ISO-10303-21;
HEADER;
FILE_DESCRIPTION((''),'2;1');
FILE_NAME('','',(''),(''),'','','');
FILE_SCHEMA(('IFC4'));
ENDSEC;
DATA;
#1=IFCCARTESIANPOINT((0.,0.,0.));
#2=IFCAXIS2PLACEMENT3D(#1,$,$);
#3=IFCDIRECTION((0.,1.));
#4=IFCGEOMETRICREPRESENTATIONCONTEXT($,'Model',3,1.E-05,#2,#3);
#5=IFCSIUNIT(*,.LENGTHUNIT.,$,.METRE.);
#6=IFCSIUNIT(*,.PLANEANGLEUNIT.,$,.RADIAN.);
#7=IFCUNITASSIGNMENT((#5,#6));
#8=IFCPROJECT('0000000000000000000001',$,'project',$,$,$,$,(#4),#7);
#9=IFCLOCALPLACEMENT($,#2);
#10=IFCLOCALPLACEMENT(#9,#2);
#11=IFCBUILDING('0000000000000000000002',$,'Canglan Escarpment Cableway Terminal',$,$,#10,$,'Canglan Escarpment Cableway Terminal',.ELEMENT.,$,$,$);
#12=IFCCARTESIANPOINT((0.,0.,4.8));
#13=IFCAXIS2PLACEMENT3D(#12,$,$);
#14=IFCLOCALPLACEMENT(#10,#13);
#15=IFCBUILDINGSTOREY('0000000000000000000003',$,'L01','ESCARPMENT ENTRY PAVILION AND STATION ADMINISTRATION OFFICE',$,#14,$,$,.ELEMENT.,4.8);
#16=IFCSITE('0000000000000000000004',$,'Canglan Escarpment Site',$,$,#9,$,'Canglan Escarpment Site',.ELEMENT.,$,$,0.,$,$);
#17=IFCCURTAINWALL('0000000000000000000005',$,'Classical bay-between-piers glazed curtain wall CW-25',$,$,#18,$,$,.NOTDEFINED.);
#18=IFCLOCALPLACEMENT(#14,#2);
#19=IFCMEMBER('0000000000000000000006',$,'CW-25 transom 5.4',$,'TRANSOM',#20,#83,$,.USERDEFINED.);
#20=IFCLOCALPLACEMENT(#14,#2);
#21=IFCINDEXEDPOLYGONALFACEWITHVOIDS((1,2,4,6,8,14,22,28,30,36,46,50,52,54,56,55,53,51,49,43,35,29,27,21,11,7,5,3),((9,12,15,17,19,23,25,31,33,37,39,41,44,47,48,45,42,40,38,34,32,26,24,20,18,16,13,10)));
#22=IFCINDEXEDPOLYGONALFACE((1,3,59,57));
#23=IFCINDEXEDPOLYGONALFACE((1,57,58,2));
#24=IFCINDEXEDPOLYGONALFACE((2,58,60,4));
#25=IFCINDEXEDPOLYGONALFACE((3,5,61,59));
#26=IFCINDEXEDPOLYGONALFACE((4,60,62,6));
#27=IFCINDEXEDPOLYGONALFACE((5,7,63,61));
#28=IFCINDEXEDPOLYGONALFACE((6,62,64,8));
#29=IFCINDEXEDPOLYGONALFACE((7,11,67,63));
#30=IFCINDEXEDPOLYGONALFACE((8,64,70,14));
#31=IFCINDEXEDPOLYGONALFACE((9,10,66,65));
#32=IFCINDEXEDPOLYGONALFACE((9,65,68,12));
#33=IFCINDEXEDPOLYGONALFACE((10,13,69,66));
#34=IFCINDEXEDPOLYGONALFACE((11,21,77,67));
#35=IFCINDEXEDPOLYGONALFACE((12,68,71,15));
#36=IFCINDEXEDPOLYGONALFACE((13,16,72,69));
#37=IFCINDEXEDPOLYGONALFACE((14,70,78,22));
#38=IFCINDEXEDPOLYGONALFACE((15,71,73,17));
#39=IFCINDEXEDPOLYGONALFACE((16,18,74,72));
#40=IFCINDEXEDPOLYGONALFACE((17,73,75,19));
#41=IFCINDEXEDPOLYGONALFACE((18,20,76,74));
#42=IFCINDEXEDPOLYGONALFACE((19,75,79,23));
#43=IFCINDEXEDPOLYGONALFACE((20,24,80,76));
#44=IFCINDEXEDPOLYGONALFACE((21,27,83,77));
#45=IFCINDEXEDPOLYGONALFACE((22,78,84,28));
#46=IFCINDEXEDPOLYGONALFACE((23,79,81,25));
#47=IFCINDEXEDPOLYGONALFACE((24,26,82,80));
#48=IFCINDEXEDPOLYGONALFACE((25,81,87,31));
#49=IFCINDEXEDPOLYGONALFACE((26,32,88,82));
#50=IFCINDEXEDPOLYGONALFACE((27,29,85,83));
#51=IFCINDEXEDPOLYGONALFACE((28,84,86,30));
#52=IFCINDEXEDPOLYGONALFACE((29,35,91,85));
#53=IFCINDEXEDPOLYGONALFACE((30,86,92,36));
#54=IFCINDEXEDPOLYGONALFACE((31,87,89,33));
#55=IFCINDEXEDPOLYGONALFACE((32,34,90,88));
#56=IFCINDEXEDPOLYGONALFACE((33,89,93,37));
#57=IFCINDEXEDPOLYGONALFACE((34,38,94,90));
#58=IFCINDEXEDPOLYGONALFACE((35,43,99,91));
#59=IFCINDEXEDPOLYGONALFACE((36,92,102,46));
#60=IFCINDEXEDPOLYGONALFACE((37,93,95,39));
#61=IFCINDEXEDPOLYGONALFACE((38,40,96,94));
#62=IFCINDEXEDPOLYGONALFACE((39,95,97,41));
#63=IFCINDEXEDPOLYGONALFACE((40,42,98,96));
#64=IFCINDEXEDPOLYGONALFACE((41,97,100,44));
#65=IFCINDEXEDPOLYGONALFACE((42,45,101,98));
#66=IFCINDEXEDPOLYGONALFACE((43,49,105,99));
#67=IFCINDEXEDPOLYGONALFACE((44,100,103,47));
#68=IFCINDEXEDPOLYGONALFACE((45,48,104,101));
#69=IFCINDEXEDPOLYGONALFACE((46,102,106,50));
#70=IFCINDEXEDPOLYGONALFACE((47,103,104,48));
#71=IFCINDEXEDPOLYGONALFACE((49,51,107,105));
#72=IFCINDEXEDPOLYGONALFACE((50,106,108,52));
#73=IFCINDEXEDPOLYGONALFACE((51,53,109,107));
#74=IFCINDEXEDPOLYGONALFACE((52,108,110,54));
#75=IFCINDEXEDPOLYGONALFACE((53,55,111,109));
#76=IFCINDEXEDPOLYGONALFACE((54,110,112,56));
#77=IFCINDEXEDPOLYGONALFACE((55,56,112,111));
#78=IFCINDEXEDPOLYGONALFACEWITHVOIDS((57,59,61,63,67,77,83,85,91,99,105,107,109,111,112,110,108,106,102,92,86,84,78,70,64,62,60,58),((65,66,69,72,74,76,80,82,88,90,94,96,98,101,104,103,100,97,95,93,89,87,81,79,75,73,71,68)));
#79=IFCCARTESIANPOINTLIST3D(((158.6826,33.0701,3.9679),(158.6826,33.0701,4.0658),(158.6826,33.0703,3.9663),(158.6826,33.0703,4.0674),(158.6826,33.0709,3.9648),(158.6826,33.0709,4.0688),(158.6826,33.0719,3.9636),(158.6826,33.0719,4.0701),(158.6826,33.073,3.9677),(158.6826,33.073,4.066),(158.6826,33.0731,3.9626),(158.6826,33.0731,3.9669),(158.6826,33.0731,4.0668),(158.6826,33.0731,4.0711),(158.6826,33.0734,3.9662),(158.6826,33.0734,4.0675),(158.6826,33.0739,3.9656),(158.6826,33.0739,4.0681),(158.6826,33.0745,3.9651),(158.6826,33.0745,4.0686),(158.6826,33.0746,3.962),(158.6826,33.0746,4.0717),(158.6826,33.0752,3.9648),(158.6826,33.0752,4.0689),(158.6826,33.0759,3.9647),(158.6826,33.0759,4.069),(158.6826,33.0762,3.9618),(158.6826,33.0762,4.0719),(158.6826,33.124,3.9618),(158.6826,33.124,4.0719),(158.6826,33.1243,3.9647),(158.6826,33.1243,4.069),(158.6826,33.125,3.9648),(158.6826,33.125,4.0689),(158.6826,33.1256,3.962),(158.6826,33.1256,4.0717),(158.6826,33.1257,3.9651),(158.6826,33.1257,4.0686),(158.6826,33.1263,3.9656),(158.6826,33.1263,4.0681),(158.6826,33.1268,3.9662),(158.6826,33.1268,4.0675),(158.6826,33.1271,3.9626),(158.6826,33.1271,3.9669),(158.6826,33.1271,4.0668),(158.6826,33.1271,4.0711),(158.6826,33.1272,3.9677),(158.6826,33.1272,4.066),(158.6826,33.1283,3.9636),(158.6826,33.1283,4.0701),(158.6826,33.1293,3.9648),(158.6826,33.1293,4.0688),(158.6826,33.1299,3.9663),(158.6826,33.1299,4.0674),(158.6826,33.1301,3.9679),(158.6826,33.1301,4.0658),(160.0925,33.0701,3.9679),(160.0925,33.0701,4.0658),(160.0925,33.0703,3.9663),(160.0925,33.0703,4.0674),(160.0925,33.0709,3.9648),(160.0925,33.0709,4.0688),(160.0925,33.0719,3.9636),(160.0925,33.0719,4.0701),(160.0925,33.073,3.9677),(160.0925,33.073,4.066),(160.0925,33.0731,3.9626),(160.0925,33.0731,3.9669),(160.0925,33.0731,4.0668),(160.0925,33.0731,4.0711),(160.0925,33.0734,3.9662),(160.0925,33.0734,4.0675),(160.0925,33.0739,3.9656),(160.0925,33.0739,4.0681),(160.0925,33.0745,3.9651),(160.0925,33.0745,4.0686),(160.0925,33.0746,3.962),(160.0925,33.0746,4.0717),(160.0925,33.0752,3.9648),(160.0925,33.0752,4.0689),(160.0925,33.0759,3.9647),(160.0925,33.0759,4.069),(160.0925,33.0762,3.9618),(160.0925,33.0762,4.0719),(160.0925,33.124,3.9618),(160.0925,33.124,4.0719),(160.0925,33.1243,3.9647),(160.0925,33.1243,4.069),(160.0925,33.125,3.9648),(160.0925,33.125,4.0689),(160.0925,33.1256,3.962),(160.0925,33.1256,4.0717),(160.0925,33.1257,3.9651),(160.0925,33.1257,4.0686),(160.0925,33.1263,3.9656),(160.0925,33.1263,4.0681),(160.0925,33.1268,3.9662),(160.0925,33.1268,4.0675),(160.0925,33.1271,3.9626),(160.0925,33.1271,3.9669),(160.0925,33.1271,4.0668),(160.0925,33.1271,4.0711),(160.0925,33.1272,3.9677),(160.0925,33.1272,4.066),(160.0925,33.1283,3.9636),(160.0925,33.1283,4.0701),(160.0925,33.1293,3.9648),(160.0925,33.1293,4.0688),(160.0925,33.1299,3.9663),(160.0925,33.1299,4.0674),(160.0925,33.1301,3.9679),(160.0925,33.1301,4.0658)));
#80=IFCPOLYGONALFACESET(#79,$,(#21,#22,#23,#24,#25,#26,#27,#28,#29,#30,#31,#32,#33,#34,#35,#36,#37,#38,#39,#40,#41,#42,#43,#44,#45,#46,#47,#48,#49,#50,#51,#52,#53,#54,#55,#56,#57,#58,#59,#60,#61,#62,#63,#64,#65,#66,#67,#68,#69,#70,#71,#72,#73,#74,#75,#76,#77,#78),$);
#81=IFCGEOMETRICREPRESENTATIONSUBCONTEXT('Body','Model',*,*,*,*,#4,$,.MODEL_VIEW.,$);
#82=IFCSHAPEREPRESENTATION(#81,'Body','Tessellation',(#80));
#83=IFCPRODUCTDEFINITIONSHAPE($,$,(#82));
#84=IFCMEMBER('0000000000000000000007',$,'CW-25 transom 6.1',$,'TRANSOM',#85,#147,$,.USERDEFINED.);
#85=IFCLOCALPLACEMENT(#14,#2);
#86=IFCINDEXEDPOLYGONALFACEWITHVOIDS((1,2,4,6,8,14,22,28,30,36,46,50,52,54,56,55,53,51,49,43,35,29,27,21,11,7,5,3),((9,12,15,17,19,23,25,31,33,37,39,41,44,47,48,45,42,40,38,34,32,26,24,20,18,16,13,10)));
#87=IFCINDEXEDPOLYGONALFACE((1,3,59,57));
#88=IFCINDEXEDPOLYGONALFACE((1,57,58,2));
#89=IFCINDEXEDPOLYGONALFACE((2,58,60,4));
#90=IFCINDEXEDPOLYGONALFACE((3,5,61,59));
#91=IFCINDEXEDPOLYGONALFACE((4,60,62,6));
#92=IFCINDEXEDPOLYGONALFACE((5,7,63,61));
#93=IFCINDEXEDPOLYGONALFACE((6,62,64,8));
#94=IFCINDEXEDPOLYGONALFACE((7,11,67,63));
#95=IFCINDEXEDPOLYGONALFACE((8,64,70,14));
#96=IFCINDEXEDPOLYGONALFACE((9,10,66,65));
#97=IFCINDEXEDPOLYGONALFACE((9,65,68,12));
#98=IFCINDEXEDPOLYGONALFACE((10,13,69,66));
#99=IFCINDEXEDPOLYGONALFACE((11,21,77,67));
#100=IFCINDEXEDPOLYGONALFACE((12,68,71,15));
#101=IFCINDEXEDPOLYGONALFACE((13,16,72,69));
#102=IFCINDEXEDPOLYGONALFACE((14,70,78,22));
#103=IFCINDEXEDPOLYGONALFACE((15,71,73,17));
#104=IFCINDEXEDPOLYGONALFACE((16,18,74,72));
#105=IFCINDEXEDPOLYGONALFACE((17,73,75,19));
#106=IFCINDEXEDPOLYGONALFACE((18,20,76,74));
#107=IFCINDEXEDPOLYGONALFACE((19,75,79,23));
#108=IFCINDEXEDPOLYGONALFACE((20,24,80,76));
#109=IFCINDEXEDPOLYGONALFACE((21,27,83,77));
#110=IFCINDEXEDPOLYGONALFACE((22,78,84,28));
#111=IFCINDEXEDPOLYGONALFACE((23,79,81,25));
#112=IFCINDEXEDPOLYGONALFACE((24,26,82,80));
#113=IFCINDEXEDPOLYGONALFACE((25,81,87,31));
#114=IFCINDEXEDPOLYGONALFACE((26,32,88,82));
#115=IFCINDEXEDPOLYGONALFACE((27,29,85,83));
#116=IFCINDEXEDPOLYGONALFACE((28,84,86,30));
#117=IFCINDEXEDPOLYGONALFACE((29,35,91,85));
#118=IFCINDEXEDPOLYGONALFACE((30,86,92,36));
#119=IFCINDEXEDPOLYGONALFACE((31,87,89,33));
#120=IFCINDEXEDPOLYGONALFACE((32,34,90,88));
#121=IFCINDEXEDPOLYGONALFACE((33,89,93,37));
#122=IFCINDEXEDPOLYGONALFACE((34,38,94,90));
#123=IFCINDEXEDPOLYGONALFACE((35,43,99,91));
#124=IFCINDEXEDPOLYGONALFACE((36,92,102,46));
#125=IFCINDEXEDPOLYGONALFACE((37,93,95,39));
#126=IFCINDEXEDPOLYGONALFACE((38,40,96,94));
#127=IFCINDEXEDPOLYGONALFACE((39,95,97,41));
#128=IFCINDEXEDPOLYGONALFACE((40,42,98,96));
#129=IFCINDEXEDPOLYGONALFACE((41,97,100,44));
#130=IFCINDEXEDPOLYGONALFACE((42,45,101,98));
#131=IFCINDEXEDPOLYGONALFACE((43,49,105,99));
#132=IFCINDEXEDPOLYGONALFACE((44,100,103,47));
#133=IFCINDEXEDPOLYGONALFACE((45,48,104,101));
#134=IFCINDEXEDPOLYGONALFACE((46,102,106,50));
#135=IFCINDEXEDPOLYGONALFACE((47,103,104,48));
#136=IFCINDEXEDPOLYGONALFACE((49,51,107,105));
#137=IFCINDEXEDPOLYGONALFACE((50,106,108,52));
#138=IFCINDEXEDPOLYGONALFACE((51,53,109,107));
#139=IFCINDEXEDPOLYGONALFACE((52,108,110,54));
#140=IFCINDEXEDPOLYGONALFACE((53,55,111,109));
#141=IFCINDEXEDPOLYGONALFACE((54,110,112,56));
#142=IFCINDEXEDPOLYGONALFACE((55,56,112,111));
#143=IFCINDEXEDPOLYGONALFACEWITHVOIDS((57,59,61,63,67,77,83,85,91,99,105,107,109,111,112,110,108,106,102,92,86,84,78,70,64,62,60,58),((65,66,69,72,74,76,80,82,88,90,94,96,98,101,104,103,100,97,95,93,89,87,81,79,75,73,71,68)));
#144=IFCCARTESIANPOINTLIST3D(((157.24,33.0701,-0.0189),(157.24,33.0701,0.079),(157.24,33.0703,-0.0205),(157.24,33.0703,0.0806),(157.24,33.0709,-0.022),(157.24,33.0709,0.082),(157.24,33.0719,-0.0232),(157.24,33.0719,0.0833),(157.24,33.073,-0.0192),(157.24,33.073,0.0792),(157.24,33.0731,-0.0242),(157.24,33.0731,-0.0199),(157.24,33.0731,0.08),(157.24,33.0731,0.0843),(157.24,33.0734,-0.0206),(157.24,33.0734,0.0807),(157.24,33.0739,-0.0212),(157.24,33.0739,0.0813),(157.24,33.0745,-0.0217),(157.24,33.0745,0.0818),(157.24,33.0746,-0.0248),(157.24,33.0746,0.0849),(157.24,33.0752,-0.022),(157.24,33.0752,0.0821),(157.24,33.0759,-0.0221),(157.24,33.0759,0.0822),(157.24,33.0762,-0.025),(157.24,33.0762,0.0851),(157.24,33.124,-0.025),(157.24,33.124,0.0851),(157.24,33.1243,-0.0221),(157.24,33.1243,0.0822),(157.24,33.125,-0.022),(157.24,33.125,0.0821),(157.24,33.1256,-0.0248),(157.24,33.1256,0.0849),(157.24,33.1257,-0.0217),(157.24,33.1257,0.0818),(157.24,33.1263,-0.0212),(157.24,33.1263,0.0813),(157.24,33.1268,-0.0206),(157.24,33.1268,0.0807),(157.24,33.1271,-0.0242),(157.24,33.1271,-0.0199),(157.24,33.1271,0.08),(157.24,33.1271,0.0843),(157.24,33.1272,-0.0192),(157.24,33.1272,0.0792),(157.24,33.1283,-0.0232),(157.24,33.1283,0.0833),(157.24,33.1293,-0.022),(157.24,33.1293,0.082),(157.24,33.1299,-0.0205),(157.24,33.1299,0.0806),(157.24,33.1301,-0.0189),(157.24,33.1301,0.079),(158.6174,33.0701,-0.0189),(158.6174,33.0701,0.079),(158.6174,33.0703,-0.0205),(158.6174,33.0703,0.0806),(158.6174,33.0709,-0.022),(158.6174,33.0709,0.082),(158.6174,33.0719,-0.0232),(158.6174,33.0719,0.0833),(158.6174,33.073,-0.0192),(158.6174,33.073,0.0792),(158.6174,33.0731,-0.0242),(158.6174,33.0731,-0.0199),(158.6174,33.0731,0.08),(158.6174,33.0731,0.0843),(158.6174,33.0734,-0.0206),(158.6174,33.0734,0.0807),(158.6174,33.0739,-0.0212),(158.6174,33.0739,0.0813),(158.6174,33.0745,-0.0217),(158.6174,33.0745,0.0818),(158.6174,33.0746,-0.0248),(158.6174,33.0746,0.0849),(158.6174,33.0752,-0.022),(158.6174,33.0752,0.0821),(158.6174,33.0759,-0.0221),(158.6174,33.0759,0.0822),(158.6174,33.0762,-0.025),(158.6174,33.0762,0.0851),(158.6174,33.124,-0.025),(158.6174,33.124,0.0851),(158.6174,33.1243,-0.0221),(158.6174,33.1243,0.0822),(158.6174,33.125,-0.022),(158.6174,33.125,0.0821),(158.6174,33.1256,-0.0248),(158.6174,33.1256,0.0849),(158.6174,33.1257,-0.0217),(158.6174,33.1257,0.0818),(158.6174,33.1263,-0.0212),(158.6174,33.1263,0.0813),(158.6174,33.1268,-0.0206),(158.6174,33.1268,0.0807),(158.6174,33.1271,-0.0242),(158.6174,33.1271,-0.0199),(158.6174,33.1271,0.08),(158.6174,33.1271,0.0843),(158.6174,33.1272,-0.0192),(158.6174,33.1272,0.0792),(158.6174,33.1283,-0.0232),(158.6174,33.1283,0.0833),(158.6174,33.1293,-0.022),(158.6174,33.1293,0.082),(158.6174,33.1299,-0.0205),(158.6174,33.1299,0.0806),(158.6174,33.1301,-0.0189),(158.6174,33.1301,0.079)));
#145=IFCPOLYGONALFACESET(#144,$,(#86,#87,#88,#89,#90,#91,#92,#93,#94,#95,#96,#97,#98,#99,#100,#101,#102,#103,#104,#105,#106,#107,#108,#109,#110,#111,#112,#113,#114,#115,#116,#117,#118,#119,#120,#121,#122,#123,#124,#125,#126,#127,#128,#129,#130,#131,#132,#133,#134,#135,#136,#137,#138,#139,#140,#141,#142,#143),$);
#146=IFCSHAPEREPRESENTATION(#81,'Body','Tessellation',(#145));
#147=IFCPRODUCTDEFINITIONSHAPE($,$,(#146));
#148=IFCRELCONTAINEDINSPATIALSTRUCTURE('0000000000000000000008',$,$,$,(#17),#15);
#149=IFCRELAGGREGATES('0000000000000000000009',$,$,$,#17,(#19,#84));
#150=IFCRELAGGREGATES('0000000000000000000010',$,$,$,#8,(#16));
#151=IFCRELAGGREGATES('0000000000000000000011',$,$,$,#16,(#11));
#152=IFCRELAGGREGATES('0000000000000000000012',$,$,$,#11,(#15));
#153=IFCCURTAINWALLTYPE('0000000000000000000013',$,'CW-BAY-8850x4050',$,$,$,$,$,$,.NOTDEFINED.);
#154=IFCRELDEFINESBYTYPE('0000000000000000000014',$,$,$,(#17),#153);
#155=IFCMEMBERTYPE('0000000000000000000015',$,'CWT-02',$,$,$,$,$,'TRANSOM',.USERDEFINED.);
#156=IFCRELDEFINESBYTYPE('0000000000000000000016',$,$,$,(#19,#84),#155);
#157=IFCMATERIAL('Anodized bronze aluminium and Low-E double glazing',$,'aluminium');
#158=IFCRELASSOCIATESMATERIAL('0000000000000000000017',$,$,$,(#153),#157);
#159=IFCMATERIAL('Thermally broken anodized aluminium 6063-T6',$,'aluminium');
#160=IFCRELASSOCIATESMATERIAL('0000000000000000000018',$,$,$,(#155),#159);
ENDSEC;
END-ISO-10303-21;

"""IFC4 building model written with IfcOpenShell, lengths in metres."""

from ifc_helpers import new_model, si_unit, direction, frame, origin, origin_2d, place, context, subcontext, project, spatial, hollow_rectangle, extrude, material, material_profile, profile_set, type_object, element, aggregate, save


model = new_model("IFC4")

# Units and contexts
model_context = context("Model", 3, precision=1e-05, world=origin(), true_north=direction((0.0, 1.0)))
body_context = subcontext(model_context, "Body", "Model", "MODEL_VIEW")
ifc_project = project(units=[si_unit("LENGTHUNIT", "METRE"), si_unit("PLANEANGLEUNIT", "RADIAN")], contexts=[model_context])

# Site, building, storey
site_placement = place(None, origin())
site = spatial("IfcSite", under=ifc_project, at=site_placement, Name="Canglan Escarpment Site", LongName="Canglan Escarpment Site", CompositionType="ELEMENT", RefElevation=0.0)
building_placement = place(site_placement, origin())
building = spatial("IfcBuilding", under=site, at=building_placement, Name="Canglan Escarpment Cableway Terminal", LongName="Canglan Escarpment Cableway Terminal", CompositionType="ELEMENT")
storey_placement = place(building_placement, frame((0.0, 0.0, 4.8)))
storey = spatial("IfcBuildingStorey", under=building, at=storey_placement, Name="L01", Description="ESCARPMENT ENTRY PAVILION AND STATION ADMINISTRATION OFFICE", CompositionType="ELEMENT", Elevation=4.8)

# Curtain wall, members
ifc_material_1 = material(Name="Anodized bronze aluminium and Low-E double glazing", Category="aluminium")
curtain_wall_type = type_object("IfcCurtainWallType", Name="CW-BAY-8850x4050", PredefinedType="NOTDEFINED", material=ifc_material_1)
curtain_wall_placement = place(storey_placement, origin())
curtain_wall = element("IfcCurtainWall", 1, at=curtain_wall_placement, inside=storey, type_object=curtain_wall_type, Name="Classical bay-between-piers glazed curtain wall CW-25", PredefinedType="NOTDEFINED")
ifc_material_2 = material(Name="Thermally broken anodized aluminium 6063-T6", Category="aluminium")
ifc_material_profile_1 = material_profile(ifc_material_2, hollow_rectangle(XDim=0.0601, YDim=0.1101, WallThickness=0.0029, InnerFilletRadius=0.0029, OuterFilletRadius=0.0061, at=origin_2d()), Name="ALU-TRAN 60x110x3")
ifc_profile_set_1 = profile_set([ifc_material_profile_1], Name="Thermally broken anodized aluminium 6063-T6")
member_type_1 = type_object("IfcMemberType", Name="CWT-02", ElementType="TRANSOM", PredefinedType="USERDEFINED", material=ifc_profile_set_1)
member_1_placement = place(storey_placement, frame((160.0925, 33.1001, 4.0168), z_axis=(-1.0, 0.0, 0.0), x_axis=(0.0, -1.0, 0.0)))
member_1 = element("IfcMember", 2, at=member_1_placement, type_object=member_type_1, Name="CW-25 transom 5.4", ObjectType="TRANSOM", PredefinedType="USERDEFINED", context=body_context, shape_type="SweptSolid", body=[
    extrude(hollow_rectangle(XDim=0.0601, YDim=0.1101, WallThickness=0.0029, InnerFilletRadius=0.0029, OuterFilletRadius=0.0061, at=origin_2d()), origin(), (0.0, 0.0, 1.0), 1.4099),
])
member_2_placement = place(storey_placement, frame((158.6174, 33.1001, 0.03), z_axis=(-1.0, 0.0, 0.0), x_axis=(0.0, -1.0, 0.0)))
member_2 = element("IfcMember", 3, at=member_2_placement, type_object=member_type_1, Name="CW-25 transom 6.1", ObjectType="TRANSOM", PredefinedType="USERDEFINED", context=body_context, shape_type="SweptSolid", body=[
    extrude(hollow_rectangle(XDim=0.0601, YDim=0.1101, WallThickness=0.0029, InnerFilletRadius=0.0029, OuterFilletRadius=0.0061, at=origin_2d()), origin(), (0.0, 0.0, 1.0), 1.3774),
])
aggregate(curtain_wall, [member_1, member_2])

save(model, "model.ifc")
